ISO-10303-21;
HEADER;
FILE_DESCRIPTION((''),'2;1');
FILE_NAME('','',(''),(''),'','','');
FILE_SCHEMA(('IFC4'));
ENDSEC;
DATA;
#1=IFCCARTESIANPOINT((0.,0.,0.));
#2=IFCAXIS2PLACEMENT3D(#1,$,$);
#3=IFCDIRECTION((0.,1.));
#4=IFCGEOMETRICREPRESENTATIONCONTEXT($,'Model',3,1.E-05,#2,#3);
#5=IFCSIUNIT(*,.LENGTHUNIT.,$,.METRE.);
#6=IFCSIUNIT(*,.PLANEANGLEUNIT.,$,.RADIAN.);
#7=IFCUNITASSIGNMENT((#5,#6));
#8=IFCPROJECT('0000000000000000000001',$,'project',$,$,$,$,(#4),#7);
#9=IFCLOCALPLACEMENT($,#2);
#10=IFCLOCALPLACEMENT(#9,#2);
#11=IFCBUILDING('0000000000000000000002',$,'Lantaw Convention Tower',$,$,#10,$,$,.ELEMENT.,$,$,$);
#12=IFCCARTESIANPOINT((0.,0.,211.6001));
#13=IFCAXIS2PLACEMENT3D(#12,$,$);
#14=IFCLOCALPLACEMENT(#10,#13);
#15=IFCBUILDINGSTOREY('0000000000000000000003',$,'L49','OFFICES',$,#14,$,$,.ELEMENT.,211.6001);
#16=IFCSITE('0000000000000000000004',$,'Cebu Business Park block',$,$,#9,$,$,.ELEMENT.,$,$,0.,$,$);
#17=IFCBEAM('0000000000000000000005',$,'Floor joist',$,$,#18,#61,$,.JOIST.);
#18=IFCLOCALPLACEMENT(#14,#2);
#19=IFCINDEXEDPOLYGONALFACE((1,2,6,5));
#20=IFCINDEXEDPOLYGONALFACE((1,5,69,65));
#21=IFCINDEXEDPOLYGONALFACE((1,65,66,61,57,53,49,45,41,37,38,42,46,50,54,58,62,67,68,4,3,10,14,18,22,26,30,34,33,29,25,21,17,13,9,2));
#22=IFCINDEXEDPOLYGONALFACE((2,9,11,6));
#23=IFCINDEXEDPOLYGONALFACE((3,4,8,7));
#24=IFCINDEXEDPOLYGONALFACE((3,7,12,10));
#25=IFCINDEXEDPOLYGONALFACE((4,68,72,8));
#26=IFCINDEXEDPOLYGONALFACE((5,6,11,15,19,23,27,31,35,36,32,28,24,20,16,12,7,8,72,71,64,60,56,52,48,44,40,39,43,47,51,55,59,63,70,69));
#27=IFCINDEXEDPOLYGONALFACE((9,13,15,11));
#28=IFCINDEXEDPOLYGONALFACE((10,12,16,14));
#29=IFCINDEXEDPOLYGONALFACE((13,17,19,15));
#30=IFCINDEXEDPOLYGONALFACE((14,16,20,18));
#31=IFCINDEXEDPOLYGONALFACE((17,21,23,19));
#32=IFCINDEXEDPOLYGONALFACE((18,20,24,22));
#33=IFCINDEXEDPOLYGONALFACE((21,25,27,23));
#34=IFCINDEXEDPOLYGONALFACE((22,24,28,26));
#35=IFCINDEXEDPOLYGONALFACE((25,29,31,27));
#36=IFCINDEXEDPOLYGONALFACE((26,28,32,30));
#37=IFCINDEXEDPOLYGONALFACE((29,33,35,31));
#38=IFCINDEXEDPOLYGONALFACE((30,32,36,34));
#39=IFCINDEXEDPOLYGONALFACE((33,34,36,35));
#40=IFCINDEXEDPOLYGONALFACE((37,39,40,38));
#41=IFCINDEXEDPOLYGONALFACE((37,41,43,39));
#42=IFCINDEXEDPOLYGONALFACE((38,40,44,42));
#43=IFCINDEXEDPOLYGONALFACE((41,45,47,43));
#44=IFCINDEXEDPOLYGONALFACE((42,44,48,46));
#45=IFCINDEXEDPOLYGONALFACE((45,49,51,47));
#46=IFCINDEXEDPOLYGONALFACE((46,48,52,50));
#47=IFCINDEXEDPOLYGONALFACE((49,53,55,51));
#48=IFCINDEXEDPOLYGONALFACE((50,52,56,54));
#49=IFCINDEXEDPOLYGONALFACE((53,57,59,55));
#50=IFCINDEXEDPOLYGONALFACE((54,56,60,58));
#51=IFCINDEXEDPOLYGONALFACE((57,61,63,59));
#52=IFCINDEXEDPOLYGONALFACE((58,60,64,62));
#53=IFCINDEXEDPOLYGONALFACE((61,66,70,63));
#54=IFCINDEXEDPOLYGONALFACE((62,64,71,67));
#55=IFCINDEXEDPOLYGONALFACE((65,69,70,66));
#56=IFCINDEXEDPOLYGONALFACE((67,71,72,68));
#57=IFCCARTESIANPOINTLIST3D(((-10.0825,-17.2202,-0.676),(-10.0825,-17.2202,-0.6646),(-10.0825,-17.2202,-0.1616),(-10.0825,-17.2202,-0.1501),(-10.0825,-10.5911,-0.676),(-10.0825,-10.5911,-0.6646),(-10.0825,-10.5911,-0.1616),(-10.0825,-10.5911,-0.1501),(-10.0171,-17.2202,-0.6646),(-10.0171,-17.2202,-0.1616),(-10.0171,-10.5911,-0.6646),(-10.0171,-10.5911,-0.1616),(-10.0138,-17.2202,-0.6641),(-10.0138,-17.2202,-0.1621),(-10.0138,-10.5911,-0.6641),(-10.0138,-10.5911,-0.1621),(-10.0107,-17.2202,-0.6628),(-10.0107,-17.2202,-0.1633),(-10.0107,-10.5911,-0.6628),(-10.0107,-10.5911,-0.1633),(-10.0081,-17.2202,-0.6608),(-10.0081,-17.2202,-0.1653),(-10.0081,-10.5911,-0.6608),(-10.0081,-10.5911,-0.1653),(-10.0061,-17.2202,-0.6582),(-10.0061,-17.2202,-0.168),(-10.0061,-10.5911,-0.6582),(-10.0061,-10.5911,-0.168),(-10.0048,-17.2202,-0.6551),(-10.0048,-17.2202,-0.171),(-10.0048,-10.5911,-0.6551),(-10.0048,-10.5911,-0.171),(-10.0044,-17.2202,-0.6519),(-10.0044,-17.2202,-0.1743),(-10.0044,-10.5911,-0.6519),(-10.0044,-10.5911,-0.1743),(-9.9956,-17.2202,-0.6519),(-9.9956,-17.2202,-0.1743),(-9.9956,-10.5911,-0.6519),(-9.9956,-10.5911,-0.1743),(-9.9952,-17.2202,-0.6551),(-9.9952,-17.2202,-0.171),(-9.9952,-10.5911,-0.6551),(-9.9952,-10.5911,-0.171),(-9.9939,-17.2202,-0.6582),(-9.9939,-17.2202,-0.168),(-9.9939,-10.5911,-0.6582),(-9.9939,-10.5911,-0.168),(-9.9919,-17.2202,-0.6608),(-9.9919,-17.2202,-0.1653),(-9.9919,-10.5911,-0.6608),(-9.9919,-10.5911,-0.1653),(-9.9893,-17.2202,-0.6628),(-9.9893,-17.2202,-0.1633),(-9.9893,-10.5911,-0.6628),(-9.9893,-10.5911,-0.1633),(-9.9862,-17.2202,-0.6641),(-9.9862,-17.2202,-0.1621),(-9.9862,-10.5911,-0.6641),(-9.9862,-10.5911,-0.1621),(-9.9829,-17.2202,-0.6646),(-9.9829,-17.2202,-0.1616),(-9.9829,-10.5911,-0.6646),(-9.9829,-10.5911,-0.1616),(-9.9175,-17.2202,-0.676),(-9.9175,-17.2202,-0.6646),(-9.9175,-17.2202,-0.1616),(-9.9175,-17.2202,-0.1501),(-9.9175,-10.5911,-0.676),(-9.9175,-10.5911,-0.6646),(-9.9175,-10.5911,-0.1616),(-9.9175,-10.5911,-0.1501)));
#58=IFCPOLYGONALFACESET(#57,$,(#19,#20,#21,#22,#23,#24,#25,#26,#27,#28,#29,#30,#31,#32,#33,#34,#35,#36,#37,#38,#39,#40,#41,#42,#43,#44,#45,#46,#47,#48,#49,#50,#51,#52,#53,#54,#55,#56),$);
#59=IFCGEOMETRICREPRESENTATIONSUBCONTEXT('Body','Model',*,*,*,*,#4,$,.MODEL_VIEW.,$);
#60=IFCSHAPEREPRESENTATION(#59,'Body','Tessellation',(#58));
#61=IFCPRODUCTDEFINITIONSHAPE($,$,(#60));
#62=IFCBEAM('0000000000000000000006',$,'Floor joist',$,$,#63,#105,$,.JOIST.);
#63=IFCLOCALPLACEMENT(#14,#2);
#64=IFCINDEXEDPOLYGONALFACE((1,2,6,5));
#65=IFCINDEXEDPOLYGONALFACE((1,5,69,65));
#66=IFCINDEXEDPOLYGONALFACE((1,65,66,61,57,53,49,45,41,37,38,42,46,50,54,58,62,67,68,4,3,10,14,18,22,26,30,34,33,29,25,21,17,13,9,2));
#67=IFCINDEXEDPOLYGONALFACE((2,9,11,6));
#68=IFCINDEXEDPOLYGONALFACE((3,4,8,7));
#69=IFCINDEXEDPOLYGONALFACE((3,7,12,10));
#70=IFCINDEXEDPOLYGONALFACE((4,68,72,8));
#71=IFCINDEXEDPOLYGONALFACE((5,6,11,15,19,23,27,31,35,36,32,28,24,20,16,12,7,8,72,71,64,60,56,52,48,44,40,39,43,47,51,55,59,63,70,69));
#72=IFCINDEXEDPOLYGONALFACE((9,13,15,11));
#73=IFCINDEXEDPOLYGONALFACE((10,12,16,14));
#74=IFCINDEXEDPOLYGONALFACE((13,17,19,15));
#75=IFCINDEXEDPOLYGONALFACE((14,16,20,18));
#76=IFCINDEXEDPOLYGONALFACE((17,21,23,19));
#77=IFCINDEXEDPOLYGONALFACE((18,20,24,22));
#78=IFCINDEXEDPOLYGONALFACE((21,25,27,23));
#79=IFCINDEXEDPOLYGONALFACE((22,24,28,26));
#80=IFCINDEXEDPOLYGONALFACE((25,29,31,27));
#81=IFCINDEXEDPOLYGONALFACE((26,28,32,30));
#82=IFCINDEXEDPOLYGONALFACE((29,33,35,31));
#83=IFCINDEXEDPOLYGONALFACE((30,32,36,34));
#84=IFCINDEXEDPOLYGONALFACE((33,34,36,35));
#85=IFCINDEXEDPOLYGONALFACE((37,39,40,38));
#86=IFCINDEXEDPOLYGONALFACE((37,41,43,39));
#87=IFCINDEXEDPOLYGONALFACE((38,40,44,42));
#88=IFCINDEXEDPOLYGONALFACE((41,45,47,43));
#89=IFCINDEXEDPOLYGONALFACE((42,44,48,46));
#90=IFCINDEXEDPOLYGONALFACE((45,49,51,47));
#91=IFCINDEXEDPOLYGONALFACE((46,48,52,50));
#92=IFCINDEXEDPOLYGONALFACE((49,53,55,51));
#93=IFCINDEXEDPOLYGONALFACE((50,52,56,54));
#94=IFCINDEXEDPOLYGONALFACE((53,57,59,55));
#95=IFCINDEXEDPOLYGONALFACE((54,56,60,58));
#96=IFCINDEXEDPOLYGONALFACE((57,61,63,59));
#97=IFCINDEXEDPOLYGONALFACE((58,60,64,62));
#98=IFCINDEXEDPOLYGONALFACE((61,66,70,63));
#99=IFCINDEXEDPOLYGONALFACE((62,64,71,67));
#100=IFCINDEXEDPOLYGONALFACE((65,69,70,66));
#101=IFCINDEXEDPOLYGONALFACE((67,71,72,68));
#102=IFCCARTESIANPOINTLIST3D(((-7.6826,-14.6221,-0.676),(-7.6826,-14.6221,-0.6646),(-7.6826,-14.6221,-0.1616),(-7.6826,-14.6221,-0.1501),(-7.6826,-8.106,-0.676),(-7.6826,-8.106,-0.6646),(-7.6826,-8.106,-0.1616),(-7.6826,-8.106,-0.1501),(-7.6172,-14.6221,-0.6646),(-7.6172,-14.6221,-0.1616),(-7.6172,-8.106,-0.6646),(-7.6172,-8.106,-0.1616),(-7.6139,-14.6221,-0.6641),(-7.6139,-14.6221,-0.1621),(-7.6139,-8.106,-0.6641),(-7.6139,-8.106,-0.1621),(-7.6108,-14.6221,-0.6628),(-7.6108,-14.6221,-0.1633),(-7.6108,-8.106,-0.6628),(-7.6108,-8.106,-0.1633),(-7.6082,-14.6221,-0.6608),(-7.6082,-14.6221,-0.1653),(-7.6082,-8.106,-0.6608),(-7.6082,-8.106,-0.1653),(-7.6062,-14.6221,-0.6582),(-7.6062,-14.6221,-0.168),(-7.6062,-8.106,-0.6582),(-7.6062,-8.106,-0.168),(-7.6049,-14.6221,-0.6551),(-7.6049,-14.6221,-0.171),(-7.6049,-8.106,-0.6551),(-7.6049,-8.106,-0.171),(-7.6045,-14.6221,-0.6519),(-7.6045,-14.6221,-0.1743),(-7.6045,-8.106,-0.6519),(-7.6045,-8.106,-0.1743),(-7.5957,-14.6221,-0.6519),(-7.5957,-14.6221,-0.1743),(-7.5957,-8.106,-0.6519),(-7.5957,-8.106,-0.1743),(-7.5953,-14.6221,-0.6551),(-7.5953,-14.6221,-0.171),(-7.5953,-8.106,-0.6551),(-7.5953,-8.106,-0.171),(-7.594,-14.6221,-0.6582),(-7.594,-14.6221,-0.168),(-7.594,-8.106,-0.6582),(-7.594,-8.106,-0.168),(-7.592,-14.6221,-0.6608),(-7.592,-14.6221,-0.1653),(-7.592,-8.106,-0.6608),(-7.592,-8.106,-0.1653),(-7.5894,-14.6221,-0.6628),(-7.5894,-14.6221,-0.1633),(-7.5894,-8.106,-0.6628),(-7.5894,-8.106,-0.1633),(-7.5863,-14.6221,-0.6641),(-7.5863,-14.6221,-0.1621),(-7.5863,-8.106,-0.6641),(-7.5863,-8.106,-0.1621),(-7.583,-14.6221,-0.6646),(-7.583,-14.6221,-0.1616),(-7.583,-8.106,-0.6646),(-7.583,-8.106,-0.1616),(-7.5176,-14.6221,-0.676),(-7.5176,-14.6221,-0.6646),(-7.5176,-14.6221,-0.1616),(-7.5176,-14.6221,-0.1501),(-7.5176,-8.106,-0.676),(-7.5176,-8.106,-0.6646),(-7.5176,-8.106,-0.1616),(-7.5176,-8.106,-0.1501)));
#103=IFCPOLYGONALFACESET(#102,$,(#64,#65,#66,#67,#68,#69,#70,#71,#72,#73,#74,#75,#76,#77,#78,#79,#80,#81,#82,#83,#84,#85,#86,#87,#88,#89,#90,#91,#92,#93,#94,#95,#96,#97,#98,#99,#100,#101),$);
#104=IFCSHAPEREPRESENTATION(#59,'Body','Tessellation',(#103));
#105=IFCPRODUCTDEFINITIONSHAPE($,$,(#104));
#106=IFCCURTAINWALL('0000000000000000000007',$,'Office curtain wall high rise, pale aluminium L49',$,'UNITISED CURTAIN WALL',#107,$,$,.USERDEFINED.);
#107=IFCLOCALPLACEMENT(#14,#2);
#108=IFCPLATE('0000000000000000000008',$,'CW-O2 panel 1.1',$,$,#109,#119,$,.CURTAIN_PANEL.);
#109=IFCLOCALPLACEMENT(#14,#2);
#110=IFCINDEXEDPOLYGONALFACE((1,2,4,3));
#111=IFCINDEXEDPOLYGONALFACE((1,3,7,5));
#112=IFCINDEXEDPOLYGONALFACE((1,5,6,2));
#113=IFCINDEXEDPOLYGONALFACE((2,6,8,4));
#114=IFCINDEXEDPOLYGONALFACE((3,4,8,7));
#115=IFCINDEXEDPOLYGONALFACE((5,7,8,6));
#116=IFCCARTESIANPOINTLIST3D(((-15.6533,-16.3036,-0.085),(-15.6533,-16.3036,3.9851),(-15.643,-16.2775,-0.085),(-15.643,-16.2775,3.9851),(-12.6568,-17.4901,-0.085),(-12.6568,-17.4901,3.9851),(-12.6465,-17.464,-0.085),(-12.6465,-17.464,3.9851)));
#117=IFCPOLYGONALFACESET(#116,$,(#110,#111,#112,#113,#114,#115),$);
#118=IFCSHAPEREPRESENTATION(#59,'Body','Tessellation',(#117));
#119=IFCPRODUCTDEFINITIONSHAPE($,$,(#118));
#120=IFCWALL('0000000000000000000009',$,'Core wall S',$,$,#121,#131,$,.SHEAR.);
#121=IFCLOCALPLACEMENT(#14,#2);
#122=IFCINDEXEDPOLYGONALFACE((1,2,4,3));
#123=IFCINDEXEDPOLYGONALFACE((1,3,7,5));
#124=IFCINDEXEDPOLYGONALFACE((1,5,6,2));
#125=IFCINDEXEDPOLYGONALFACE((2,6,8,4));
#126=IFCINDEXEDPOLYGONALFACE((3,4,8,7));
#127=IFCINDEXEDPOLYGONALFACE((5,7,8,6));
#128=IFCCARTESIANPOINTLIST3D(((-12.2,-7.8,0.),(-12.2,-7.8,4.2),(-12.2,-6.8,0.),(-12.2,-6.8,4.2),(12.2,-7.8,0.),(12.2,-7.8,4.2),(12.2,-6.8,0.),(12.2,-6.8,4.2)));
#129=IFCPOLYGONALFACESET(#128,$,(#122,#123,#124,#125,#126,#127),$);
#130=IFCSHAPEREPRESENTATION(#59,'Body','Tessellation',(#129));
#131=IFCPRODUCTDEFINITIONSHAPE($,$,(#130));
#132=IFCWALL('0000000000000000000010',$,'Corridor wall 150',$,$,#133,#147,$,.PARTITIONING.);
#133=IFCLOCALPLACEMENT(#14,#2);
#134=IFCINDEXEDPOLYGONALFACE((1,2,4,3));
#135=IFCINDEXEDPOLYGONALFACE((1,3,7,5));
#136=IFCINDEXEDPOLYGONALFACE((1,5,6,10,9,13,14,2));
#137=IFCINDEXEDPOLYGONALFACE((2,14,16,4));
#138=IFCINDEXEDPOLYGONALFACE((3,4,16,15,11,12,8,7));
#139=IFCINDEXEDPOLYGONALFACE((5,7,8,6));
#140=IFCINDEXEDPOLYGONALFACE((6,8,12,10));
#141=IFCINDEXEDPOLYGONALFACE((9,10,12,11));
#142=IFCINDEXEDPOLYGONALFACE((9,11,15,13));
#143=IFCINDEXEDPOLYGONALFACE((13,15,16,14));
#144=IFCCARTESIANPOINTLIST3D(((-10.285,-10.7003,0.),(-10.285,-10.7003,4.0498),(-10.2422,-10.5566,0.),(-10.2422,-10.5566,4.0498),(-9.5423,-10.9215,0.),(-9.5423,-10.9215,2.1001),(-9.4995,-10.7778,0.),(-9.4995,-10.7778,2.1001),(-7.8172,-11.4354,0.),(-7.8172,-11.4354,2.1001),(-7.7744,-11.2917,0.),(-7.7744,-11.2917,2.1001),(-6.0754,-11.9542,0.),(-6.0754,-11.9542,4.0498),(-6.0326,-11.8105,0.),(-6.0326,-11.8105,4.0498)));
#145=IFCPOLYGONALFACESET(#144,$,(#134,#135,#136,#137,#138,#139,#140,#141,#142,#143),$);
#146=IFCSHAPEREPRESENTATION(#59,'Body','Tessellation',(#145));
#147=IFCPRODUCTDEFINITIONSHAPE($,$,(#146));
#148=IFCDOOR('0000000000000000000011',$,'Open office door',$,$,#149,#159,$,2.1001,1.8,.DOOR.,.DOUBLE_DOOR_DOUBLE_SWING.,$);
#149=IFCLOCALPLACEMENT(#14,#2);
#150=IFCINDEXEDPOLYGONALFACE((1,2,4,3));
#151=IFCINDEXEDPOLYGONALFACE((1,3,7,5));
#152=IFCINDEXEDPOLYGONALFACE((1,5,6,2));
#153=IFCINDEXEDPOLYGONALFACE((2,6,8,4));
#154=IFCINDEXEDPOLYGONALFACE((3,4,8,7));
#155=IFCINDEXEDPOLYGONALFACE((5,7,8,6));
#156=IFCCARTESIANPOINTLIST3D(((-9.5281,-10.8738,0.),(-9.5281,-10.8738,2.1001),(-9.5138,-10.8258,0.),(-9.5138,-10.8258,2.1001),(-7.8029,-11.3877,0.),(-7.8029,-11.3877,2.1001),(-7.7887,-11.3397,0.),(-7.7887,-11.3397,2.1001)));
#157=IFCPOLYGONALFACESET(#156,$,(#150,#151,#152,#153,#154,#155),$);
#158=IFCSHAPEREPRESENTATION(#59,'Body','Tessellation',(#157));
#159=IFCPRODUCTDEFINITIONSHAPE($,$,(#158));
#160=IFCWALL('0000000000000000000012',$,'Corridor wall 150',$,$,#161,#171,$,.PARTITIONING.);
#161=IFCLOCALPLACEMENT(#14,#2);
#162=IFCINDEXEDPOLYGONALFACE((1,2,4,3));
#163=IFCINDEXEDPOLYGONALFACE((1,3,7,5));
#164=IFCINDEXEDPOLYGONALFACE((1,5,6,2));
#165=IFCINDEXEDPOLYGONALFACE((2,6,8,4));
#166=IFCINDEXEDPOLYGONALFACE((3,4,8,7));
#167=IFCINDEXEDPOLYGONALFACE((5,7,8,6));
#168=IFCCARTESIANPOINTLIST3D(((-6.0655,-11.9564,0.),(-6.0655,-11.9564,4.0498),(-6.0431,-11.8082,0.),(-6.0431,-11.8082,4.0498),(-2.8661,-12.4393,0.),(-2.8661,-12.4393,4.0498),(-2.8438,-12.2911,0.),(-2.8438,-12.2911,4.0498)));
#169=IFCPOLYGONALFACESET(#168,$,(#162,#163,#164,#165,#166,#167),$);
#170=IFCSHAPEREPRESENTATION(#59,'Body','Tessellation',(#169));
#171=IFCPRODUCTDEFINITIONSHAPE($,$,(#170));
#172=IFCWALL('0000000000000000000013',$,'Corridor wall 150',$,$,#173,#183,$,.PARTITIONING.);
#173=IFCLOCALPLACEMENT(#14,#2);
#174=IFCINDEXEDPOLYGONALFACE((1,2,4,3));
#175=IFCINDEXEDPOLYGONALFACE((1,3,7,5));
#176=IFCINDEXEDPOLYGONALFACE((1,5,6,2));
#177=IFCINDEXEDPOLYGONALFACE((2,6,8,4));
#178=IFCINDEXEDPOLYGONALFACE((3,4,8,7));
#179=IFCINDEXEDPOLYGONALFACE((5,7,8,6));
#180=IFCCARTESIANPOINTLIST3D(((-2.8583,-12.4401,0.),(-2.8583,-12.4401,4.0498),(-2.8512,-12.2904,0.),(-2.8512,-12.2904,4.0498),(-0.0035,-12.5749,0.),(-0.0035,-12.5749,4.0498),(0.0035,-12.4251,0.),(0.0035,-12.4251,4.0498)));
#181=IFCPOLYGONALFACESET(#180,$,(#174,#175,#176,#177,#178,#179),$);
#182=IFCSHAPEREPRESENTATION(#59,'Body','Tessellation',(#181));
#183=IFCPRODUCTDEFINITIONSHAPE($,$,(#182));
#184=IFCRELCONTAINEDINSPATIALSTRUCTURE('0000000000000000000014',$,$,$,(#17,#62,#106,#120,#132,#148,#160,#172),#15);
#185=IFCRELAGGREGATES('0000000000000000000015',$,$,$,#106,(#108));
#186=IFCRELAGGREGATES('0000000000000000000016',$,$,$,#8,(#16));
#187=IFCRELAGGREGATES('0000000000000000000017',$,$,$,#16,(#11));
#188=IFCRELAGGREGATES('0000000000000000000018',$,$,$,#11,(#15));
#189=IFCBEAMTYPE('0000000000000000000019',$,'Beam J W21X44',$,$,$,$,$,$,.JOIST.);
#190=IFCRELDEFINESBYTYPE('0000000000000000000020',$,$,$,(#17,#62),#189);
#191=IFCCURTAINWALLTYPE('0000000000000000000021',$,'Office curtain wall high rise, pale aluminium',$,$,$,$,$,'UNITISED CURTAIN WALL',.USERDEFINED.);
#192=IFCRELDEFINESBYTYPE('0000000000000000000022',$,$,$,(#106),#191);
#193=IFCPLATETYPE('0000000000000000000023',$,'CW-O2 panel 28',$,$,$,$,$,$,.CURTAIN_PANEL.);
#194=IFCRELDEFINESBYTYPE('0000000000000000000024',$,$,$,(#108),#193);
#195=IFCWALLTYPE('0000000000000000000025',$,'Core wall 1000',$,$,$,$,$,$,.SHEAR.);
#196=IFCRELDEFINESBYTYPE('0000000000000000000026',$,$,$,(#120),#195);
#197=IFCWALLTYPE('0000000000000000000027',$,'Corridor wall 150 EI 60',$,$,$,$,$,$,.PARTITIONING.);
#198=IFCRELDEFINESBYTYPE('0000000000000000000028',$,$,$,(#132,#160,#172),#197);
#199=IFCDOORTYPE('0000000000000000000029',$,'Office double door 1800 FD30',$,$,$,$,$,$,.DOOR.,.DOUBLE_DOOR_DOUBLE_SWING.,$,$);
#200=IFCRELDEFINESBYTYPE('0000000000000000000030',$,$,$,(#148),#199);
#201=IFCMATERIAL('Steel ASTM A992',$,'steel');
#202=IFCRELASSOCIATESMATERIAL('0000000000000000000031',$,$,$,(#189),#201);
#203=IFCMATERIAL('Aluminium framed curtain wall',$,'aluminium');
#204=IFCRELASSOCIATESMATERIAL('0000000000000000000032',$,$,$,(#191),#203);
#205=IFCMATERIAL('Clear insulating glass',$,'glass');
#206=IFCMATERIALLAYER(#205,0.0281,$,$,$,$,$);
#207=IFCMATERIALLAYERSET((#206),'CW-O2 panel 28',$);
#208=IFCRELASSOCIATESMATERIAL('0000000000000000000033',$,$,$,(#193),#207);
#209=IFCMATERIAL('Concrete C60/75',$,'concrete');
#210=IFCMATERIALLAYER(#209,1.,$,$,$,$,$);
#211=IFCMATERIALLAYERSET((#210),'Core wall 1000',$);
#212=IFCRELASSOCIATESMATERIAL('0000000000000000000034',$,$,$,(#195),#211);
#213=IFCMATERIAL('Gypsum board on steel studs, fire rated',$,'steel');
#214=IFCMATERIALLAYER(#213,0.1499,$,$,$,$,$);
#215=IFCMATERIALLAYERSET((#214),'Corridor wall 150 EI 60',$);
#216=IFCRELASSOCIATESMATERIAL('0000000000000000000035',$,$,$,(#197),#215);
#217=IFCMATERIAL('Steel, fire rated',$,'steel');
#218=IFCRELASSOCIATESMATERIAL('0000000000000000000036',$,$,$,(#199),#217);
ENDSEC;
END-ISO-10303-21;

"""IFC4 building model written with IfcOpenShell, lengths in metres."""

from ifc_helpers import new_model, si_unit, direction, frame, frame_2d, origin, origin_2d, place, context, subcontext, project, spatial, rectangle, i_section, extrude, material, layer, layer_set, material_profile, profile_set, type_object, element, fill, aggregate, save


model = new_model("IFC4")

# Units and contexts
model_context = context("Model", 3, precision=1e-05, world=origin(), true_north=direction((0.0, 1.0)))
body_context = subcontext(model_context, "Body", "Model", "MODEL_VIEW")
ifc_project = project(units=[si_unit("LENGTHUNIT", "METRE"), si_unit("PLANEANGLEUNIT", "RADIAN")], contexts=[model_context])

# Site, building, storey
site_placement = place(None, origin())
site = spatial("IfcSite", under=ifc_project, at=site_placement, Name="Cebu Business Park block", CompositionType="ELEMENT", RefElevation=0.0)
building_placement = place(site_placement, origin())
building = spatial("IfcBuilding", under=site, at=building_placement, Name="Lantaw Convention Tower", CompositionType="ELEMENT")
storey_placement = place(building_placement, frame((0.0, 0.0, 211.6001)))
storey = spatial("IfcBuildingStorey", under=building, at=storey_placement, Name="L49", Description="OFFICES", CompositionType="ELEMENT", Elevation=211.6001)

# Shared definitions
ifc_material_1 = material(Name="Concrete C60/75", Category="concrete")

# Beams
ifc_material_2 = material(Name="Steel ASTM A992", Category="steel")
ifc_material_profile_1 = material_profile(ifc_material_2, i_section(OverallWidth=0.165, OverallDepth=0.5259, WebThickness=0.0088, FlangeThickness=0.0115, FilletRadius=0.0127, at=origin_2d()), Name="W21X44")
ifc_profile_set_1 = profile_set([ifc_material_profile_1], Name="Steel ASTM A992")
beam_type_1 = type_object("IfcBeamType", Name="Beam J W21X44", PredefinedType="JOIST", material=ifc_profile_set_1)
beam_1_placement = place(storey_placement, frame((-10.0, -17.2202, -0.4131), z_axis=(0.0, 1.0, 0.0), x_axis=(-1.0, 0.0, 0.0)))
element("IfcBeam", 1, at=beam_1_placement, inside=storey, type_object=beam_type_1, Name="Floor joist", PredefinedType="JOIST", context=body_context, shape_type="SweptSolid", body=[
    extrude(i_section(OverallWidth=0.165, OverallDepth=0.5259, WebThickness=0.0088, FlangeThickness=0.0115, FilletRadius=0.0127, at=origin_2d()), origin(), (0.0, 0.0, 1.0), 6.6292),
])
beam_2_placement = place(storey_placement, frame((-7.6001, -14.6221, -0.4131), z_axis=(0.0, 1.0, 0.0), x_axis=(-1.0, 0.0, 0.0)))
element("IfcBeam", 2, at=beam_2_placement, inside=storey, type_object=beam_type_1, Name="Floor joist", PredefinedType="JOIST", context=body_context, shape_type="SweptSolid", body=[
    extrude(i_section(OverallWidth=0.165, OverallDepth=0.5259, WebThickness=0.0088, FlangeThickness=0.0115, FilletRadius=0.0127, at=origin_2d()), origin(), (0.0, 0.0, 1.0), 6.5161),
])

# Curtain wall, plate
ifc_material_3 = material(Name="Aluminium framed curtain wall", Category="aluminium")
curtain_wall_type = type_object("IfcCurtainWallType", Name="Office curtain wall high rise, pale aluminium", ElementType="UNITISED CURTAIN WALL", PredefinedType="USERDEFINED", material=ifc_material_3)
curtain_wall_placement = place(storey_placement, origin())
curtain_wall = element("IfcCurtainWall", 3, at=curtain_wall_placement, inside=storey, type_object=curtain_wall_type, Name="Office curtain wall high rise, pale aluminium L49", ObjectType="UNITISED CURTAIN WALL", PredefinedType="USERDEFINED")
ifc_material_4 = material(Name="Clear insulating glass", Category="glass")
ifc_layer_1 = layer(ifc_material_4, 0.0281)
ifc_layer_set_1 = layer_set([ifc_layer_1], Name="CW-O2 panel 28")
plate_type = type_object("IfcPlateType", Name="CW-O2 panel 28", PredefinedType="CURTAIN_PANEL", material=ifc_layer_set_1)
plate_placement = place(storey_placement, frame((-14.1499, -16.8838, -0.085), z_axis=(0.0, 0.0, 1.0), x_axis=(0.929762, -0.368162, 0.0)))
plate = element("IfcPlate", 4, at=plate_placement, type_object=plate_type, Name="CW-O2 panel 1.1", PredefinedType="CURTAIN_PANEL", context=body_context, shape_type="SweptSolid", body=[
    extrude(rectangle(XDim=3.2229, YDim=0.0281, at=origin_2d()), origin(), (0.0, 0.0, 1.0), 4.0701),
])
aggregate(curtain_wall, [plate])

# Wall
ifc_layer_2 = layer(ifc_material_1, 1.0)
ifc_layer_set_2 = layer_set([ifc_layer_2], Name="Core wall 1000")
wall_type_1 = type_object("IfcWallType", Name="Core wall 1000", PredefinedType="SHEAR", material=ifc_layer_set_2)
wall_1_placement = place(storey_placement, frame((-12.2, -7.3, 0.0), z_axis=(0.0, 0.0, 1.0), x_axis=(1.0, 0.0, 0.0)))
element("IfcWall", 5, at=wall_1_placement, inside=storey, type_object=wall_type_1, Name="Core wall S", PredefinedType="SHEAR", context=body_context, shape_type="SweptSolid", body=[
    extrude(rectangle(XDim=24.3999, YDim=1.0, at=frame_2d((12.2, 0.0))), origin(), (0.0, 0.0, 1.0), 4.2),
])

# Wall, opening, door
ifc_material_5 = material(Name="Gypsum board on steel studs, fire rated", Category="steel")
ifc_layer_3 = layer(ifc_material_5, 0.1499)
ifc_layer_set_3 = layer_set([ifc_layer_3], Name="Corridor wall 150 EI 60")
wall_type_2 = type_object("IfcWallType", Name="Corridor wall 150 EI 60", PredefinedType="PARTITIONING", material=ifc_layer_set_3)
wall_2_placement = place(storey_placement, frame((-10.2637, -10.6284, 0.0), z_axis=(0.0, 0.0, 1.0), x_axis=(0.958384, -0.285481, 0.0)))
wall_2 = element("IfcWall", 6, at=wall_2_placement, inside=storey, type_object=wall_type_2, Name="Corridor wall 150", PredefinedType="PARTITIONING", context=body_context, shape_type="SweptSolid", body=[
    extrude(rectangle(XDim=4.3923, YDim=0.1499, at=frame_2d((2.1963, 0.0))), origin(), (0.0, 0.0, 1.0), 4.0498),
])
opening_1_placement = place(wall_2_placement, frame((0.7751, 0.0, 0.0)))
opening_1 = element("IfcOpeningElement", 7, at=opening_1_placement, cuts=wall_2, PredefinedType="OPENING", context=body_context, shape_type="SweptSolid", body=[
    extrude(rectangle(XDim=1.8, YDim=2.1001, at=frame_2d((0.8999, 1.05))), frame((0.0, 0.085, 0.0), z_axis=(0.0, -1.0, 0.0), x_axis=(1.0, 0.0, 0.0)), (0.0, 0.0, 1.0), 0.1699),
])
ifc_material_6 = material(Name="Steel, fire rated", Category="steel")
door_type_1 = type_object("IfcDoorType", Name="Office double door 1800 FD30", OperationType="DOUBLE_DOOR_DOUBLE_SWING", PredefinedType="DOOR", material=ifc_material_6)
door_1_placement = place(opening_1_placement, origin())
door_1 = element("IfcDoor", 8, at=door_1_placement, inside=storey, type_object=door_type_1, Name="Open office door", OperationType="DOUBLE_DOOR_DOUBLE_SWING", OverallHeight=2.1001, OverallWidth=1.8, PredefinedType="DOOR", context=body_context, shape_type="SweptSolid", body=[
    extrude(rectangle(XDim=1.8, YDim=2.1001, at=frame_2d((0.8999, 1.05))), frame((0.0, 0.0249, 0.0), z_axis=(0.0, -1.0, 0.0), x_axis=(1.0, 0.0, 0.0)), (0.0, 0.0, 1.0), 0.05),
])
fill(opening_1, door_1)

# Walls
wall_3_placement = place(storey_placement, frame((-6.0542, -11.8823, 0.0), z_axis=(0.0, 0.0, 1.0), x_axis=(0.9888, -0.149244, 0.0)))
element("IfcWall", 9, at=wall_3_placement, inside=storey, type_object=wall_type_2, Name="Corridor wall 150", PredefinedType="PARTITIONING", context=body_context, shape_type="SweptSolid", body=[
    extrude(rectangle(XDim=3.2356, YDim=0.1499, at=frame_2d((1.6177, 0.0))), origin(), (0.0, 0.0, 1.0), 4.0498),
])
wall_4_placement = place(storey_placement, frame((-2.8547, -12.3652, 0.0), z_axis=(0.0, 0.0, 1.0), x_axis=(0.998888, -0.047155, 0.0)))
element("IfcWall", 10, at=wall_4_placement, inside=storey, type_object=wall_type_2, Name="Corridor wall 150", PredefinedType="PARTITIONING", context=body_context, shape_type="SweptSolid", body=[
    extrude(rectangle(XDim=2.8579, YDim=0.1499, at=frame_2d((1.429, 0.0))), origin(), (0.0, 0.0, 1.0), 4.0498),
])

save(model, "model.ifc")
